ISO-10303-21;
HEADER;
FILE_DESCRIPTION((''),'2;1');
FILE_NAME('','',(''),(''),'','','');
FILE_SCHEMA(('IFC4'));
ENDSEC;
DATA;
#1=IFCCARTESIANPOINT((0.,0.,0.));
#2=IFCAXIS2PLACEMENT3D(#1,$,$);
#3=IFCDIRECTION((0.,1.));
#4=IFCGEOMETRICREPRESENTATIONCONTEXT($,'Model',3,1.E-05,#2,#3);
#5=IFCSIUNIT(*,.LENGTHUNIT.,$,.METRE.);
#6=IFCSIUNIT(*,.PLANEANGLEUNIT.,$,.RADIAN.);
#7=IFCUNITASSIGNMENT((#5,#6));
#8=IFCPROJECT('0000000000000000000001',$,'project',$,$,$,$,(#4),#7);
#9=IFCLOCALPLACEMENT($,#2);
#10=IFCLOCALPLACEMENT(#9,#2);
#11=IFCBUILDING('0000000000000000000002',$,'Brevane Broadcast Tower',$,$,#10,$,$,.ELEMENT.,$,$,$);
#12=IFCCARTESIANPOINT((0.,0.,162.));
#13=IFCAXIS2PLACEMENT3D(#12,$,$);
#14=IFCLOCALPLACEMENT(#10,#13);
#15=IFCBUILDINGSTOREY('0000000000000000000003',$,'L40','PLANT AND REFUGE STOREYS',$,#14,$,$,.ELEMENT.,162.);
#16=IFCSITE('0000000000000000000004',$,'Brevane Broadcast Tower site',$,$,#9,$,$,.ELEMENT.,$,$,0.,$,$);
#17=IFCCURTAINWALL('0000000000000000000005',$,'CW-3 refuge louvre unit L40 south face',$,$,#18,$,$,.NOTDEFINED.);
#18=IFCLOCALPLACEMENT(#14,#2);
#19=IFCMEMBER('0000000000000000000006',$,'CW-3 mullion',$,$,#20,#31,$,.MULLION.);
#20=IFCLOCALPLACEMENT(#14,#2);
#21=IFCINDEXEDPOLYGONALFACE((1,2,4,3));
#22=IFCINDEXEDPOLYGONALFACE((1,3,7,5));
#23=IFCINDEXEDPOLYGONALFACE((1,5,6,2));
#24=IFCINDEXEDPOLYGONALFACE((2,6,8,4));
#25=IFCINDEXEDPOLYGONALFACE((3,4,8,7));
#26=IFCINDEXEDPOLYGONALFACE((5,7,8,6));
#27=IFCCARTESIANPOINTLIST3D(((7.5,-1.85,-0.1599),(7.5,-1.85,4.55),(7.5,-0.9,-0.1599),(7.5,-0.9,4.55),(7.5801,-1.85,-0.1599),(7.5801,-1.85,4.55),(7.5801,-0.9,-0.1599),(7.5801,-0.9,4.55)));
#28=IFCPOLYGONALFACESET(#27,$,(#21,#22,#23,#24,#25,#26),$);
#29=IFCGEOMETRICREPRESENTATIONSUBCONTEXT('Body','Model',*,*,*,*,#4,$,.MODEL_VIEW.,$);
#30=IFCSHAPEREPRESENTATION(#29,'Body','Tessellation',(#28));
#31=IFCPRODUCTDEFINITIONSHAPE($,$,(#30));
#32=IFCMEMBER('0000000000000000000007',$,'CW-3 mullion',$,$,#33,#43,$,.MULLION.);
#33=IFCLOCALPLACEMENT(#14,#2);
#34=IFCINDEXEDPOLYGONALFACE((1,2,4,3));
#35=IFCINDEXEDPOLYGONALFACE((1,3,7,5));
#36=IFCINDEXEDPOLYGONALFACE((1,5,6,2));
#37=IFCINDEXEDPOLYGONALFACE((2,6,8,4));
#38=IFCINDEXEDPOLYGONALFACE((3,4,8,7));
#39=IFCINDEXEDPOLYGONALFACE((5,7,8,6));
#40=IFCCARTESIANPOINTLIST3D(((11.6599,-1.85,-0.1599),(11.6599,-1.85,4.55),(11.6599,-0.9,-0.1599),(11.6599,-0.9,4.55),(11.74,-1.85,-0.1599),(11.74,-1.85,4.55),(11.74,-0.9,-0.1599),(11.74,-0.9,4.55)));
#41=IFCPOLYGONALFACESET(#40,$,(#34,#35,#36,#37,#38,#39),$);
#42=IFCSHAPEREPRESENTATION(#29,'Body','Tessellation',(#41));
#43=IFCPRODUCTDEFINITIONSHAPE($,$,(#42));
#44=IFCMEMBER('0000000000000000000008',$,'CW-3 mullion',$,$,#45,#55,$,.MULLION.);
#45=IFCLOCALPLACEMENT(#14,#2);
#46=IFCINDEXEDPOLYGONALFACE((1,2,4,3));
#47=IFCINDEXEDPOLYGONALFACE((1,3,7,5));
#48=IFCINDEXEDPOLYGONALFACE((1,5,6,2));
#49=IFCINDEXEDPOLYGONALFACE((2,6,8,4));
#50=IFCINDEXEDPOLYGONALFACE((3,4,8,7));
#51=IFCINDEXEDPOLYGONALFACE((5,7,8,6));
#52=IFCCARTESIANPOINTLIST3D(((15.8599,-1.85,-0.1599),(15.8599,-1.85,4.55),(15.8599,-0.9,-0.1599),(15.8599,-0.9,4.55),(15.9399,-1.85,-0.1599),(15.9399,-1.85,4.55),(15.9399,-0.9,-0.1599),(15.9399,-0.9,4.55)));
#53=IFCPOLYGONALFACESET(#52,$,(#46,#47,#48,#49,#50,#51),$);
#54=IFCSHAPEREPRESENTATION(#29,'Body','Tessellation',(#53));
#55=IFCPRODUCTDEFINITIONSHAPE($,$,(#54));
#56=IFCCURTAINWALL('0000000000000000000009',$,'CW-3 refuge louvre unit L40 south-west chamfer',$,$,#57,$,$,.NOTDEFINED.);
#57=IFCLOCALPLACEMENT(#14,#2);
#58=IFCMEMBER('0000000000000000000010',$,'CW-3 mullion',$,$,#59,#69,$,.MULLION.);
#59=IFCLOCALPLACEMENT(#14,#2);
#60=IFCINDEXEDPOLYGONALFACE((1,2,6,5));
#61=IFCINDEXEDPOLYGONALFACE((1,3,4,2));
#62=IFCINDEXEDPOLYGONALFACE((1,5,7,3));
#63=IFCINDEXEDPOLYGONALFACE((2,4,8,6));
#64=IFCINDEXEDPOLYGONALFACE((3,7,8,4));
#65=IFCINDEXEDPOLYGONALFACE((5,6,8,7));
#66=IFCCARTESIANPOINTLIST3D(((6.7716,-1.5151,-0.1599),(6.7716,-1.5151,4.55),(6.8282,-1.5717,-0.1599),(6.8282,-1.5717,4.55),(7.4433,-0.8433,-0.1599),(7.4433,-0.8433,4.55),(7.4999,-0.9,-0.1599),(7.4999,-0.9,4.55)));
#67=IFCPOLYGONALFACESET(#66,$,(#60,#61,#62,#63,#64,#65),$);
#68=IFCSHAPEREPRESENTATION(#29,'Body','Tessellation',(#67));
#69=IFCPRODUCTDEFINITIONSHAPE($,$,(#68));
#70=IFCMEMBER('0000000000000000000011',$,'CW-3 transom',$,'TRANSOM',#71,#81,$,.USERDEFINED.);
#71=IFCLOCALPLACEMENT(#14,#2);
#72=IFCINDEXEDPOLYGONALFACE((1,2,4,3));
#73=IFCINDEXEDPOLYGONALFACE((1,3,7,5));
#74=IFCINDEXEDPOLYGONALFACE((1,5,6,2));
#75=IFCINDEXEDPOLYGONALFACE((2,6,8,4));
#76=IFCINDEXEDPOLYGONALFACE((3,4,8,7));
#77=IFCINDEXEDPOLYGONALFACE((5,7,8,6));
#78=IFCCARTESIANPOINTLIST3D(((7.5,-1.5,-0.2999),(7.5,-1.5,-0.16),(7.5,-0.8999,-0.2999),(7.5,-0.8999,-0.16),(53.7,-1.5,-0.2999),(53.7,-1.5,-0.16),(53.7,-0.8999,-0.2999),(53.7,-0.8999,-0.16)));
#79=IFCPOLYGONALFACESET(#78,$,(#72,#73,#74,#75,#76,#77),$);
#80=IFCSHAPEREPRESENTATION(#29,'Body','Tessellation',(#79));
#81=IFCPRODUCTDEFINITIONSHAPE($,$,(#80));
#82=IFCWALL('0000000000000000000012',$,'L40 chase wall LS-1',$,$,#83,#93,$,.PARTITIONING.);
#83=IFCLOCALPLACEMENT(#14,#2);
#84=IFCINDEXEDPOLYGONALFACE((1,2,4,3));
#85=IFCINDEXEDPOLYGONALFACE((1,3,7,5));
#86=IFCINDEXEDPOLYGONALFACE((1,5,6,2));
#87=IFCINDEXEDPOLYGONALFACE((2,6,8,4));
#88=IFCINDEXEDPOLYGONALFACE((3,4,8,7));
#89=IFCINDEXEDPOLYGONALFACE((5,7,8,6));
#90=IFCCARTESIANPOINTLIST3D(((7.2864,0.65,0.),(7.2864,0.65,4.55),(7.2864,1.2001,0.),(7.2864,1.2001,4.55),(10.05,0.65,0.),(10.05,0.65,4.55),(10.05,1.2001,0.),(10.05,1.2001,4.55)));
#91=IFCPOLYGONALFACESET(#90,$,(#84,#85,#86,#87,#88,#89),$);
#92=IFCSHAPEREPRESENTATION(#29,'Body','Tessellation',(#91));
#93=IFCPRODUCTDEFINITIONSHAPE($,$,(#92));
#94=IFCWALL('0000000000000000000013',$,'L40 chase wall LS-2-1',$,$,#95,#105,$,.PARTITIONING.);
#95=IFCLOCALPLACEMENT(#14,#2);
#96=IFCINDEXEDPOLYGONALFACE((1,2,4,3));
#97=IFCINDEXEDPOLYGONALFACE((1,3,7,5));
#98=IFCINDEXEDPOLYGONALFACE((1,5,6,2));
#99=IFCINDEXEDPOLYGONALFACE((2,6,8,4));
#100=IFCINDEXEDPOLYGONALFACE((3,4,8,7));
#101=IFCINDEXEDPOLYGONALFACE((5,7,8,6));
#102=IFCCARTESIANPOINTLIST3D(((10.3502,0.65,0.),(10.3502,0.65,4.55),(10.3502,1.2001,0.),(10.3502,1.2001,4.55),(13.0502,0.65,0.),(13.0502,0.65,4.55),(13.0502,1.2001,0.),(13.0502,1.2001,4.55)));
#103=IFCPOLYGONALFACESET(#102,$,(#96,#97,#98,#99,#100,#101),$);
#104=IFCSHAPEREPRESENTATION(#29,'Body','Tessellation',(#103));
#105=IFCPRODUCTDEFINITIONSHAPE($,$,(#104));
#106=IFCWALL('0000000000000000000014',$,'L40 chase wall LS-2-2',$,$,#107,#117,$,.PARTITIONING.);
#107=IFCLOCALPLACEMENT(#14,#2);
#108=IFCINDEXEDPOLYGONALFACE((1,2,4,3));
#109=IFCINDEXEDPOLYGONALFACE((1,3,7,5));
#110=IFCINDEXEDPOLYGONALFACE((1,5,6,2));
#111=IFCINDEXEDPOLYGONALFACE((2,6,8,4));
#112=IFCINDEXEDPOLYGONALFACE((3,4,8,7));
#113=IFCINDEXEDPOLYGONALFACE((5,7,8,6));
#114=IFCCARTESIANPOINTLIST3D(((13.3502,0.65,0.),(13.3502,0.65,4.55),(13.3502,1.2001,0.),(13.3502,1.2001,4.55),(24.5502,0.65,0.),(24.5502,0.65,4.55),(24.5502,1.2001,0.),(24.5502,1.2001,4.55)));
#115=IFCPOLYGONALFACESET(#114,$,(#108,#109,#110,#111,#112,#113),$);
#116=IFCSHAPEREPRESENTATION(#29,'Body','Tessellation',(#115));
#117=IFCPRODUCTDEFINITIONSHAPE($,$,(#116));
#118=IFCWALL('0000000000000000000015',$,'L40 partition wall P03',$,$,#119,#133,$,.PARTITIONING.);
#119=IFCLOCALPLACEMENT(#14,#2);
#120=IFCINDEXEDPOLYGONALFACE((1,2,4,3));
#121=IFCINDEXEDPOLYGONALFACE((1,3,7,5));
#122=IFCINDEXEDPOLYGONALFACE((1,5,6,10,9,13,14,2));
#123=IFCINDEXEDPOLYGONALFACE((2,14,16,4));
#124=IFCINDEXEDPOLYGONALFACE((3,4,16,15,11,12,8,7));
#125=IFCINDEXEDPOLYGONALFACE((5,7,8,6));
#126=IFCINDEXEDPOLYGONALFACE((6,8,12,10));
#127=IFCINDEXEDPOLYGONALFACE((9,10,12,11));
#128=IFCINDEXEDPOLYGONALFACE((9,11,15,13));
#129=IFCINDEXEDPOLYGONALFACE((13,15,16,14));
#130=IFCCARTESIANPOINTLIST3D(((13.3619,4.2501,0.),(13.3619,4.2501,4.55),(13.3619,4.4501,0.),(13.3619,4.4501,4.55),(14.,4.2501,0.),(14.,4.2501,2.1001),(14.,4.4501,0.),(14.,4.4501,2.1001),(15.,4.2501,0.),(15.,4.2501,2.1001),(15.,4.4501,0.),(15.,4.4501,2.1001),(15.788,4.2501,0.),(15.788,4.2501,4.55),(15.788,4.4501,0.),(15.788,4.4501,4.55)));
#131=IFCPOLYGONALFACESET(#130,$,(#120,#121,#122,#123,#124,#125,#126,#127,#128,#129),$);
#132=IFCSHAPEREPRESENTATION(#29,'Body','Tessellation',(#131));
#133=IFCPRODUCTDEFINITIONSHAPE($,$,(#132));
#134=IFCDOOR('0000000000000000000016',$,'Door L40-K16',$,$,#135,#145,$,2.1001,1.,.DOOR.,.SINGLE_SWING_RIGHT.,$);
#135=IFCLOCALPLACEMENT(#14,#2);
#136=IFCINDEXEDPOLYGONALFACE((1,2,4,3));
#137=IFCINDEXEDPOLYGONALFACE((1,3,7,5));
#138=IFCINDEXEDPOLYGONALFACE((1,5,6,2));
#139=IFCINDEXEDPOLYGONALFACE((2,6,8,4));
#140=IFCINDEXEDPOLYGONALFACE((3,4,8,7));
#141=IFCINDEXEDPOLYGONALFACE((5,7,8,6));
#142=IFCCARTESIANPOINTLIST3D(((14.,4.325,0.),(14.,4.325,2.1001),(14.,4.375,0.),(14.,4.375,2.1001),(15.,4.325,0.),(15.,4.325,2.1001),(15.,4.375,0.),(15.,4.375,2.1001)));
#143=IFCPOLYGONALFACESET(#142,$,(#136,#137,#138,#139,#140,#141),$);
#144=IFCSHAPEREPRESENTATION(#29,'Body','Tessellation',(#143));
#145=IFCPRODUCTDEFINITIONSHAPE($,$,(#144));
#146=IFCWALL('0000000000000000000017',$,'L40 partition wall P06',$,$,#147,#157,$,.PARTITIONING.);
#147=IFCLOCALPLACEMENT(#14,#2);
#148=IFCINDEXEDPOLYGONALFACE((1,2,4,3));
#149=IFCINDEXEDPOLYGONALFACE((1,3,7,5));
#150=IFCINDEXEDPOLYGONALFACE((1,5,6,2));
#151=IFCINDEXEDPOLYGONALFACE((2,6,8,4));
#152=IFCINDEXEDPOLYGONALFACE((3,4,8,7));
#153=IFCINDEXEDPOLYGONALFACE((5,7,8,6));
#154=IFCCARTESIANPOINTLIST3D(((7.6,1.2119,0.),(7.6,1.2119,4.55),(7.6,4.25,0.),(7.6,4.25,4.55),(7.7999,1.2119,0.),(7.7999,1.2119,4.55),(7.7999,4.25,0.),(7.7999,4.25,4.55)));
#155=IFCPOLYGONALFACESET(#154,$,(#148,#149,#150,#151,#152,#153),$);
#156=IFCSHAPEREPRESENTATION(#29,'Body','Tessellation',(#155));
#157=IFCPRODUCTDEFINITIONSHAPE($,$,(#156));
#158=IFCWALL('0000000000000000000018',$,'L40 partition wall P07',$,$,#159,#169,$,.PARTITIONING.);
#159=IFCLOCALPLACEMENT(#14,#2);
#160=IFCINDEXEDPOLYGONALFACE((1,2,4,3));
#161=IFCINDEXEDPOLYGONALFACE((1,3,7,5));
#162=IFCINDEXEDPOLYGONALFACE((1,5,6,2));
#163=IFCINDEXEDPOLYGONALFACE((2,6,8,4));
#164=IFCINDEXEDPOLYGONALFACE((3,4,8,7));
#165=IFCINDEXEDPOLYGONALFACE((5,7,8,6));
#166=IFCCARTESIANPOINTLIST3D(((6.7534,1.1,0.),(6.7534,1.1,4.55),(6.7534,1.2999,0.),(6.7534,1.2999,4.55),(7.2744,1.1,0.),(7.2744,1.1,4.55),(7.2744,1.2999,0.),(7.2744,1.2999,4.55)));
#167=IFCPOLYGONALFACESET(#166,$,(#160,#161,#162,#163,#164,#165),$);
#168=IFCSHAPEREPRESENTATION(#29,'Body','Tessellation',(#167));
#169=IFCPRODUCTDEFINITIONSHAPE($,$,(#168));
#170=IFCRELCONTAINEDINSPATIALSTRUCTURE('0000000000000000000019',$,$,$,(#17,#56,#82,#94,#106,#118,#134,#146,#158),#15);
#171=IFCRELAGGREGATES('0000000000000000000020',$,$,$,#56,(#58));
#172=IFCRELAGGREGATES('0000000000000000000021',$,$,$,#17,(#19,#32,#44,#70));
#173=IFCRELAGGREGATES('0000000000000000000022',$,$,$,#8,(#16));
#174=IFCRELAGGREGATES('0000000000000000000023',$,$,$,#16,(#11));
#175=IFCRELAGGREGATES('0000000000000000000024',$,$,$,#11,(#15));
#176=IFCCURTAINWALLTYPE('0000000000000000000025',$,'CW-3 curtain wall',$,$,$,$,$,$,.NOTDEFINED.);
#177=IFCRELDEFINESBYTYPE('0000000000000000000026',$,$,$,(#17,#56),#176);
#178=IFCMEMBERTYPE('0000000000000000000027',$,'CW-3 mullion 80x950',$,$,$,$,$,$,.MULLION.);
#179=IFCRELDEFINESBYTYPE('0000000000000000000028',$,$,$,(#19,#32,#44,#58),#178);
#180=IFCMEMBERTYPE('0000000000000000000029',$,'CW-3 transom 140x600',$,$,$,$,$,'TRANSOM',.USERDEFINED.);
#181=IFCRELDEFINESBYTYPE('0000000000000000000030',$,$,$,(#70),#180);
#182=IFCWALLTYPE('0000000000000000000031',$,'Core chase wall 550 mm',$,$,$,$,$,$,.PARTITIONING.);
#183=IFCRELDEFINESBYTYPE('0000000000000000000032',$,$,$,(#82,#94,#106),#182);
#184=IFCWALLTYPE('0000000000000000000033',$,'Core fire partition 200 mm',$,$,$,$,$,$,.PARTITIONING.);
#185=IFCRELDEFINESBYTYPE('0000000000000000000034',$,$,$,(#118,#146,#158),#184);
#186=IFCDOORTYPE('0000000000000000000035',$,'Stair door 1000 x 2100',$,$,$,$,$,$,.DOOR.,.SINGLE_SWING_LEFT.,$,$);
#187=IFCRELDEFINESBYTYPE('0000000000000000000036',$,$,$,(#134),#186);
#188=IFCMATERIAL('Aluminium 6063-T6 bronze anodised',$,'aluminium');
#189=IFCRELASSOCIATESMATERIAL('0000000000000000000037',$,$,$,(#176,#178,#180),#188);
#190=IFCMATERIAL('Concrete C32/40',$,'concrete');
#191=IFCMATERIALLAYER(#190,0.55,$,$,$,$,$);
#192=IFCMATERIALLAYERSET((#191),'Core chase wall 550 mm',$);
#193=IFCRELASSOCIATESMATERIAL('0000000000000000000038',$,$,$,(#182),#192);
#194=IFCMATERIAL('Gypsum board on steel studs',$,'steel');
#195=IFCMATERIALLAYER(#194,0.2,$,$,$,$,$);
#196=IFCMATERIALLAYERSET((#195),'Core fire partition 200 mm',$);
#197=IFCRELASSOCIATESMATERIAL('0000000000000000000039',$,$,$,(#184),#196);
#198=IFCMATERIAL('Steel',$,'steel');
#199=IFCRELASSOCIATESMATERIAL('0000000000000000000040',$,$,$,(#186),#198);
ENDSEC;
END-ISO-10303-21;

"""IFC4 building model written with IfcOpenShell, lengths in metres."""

from ifc_helpers import new_model, si_unit, direction, frame, frame_2d, origin, origin_2d, place, context, subcontext, project, spatial, rectangle, extrude, material, layer, layer_set, material_profile, profile_set, type_object, element, fill, aggregate, save


model = new_model("IFC4")

# Units and contexts
model_context = context("Model", 3, precision=1e-05, world=origin(), true_north=direction((0.0, 1.0)))
body_context = subcontext(model_context, "Body", "Model", "MODEL_VIEW")
ifc_project = project(units=[si_unit("LENGTHUNIT", "METRE"), si_unit("PLANEANGLEUNIT", "RADIAN")], contexts=[model_context])

# Site, building, storey
site_placement = place(None, origin())
site = spatial("IfcSite", under=ifc_project, at=site_placement, Name="Brevane Broadcast Tower site", CompositionType="ELEMENT", RefElevation=0.0)
building_placement = place(site_placement, origin())
building = spatial("IfcBuilding", under=site, at=building_placement, Name="Brevane Broadcast Tower", CompositionType="ELEMENT")
storey_placement = place(building_placement, frame((0.0, 0.0, 162.0)))
storey = spatial("IfcBuildingStorey", under=building, at=storey_placement, Name="L40", Description="PLANT AND REFUGE STOREYS", CompositionType="ELEMENT", Elevation=162.0)

# Curtain wall, members
ifc_material_1 = material(Name="Aluminium 6063-T6 bronze anodised", Category="aluminium")
curtain_wall_type = type_object("IfcCurtainWallType", Name="CW-3 curtain wall", PredefinedType="NOTDEFINED", material=ifc_material_1)
curtain_wall_1_placement = place(storey_placement, origin())
curtain_wall_1 = element("IfcCurtainWall", 1, at=curtain_wall_1_placement, inside=storey, type_object=curtain_wall_type, Name="CW-3 refuge louvre unit L40 south face", PredefinedType="NOTDEFINED")
ifc_material_profile_1 = material_profile(ifc_material_1, rectangle(XDim=0.95, YDim=0.0801, at=origin_2d()), Name="RECT 80x950")
ifc_profile_set_1 = profile_set([ifc_material_profile_1], Name="Aluminium 6063-T6 bronze anodised")
member_type_1 = type_object("IfcMemberType", Name="CW-3 mullion 80x950", PredefinedType="MULLION", material=ifc_profile_set_1)
member_1_placement = place(storey_placement, frame((7.54, -1.375, -0.1599), z_axis=(0.0, 0.0, 1.0), x_axis=(0.0, 1.0, 0.0)))
member_1 = element("IfcMember", 2, at=member_1_placement, type_object=member_type_1, Name="CW-3 mullion", PredefinedType="MULLION", context=body_context, shape_type="SweptSolid", body=[
    extrude(rectangle(XDim=0.95, YDim=0.0801, at=origin_2d()), origin(), (0.0, 0.0, 1.0), 4.71),
])
member_2_placement = place(storey_placement, frame((11.7, -1.375, -0.1599), z_axis=(0.0, 0.0, 1.0), x_axis=(0.0, 1.0, 0.0)))
member_2 = element("IfcMember", 3, at=member_2_placement, type_object=member_type_1, Name="CW-3 mullion", PredefinedType="MULLION", context=body_context, shape_type="SweptSolid", body=[
    extrude(rectangle(XDim=0.95, YDim=0.0801, at=origin_2d()), origin(), (0.0, 0.0, 1.0), 4.71),
])
member_3_placement = place(storey_placement, frame((15.8999, -1.375, -0.1599), z_axis=(0.0, 0.0, 1.0), x_axis=(0.0, 1.0, 0.0)))
member_3 = element("IfcMember", 4, at=member_3_placement, type_object=member_type_1, Name="CW-3 mullion", PredefinedType="MULLION", context=body_context, shape_type="SweptSolid", body=[
    extrude(rectangle(XDim=0.95, YDim=0.0801, at=origin_2d()), origin(), (0.0, 0.0, 1.0), 4.71),
])

# Curtain wall, member
curtain_wall_2_placement = place(storey_placement, origin())
curtain_wall_2 = element("IfcCurtainWall", 5, at=curtain_wall_2_placement, inside=storey, type_object=curtain_wall_type, Name="CW-3 refuge louvre unit L40 south-west chamfer", PredefinedType="NOTDEFINED")
member_4_placement = place(storey_placement, frame((7.1357, -1.2075, -0.1599), z_axis=(0.0, 0.0, 1.0), x_axis=(0.707107, 0.707107, 0.0)))
member_4 = element("IfcMember", 6, at=member_4_placement, type_object=member_type_1, Name="CW-3 mullion", PredefinedType="MULLION", context=body_context, shape_type="SweptSolid", body=[
    extrude(rectangle(XDim=0.95, YDim=0.0801, at=origin_2d()), origin(), (0.0, 0.0, 1.0), 4.71),
])
aggregate(curtain_wall_2, [member_4])

# Member
ifc_material_profile_2 = material_profile(ifc_material_1, rectangle(XDim=0.6001, YDim=0.1399, at=origin_2d()), Name="RECT 140x600")
ifc_profile_set_2 = profile_set([ifc_material_profile_2], Name="Aluminium 6063-T6 bronze anodised")
member_type_2 = type_object("IfcMemberType", Name="CW-3 transom 140x600", ElementType="TRANSOM", PredefinedType="USERDEFINED", material=ifc_profile_set_2)
member_5_placement = place(storey_placement, frame((7.5, -1.2, -0.23), z_axis=(1.0, 0.0, 0.0), x_axis=(0.0, 1.0, 0.0)))
member_5 = element("IfcMember", 7, at=member_5_placement, type_object=member_type_2, Name="CW-3 transom", ObjectType="TRANSOM", PredefinedType="USERDEFINED", context=body_context, shape_type="SweptSolid", body=[
    extrude(rectangle(XDim=0.6001, YDim=0.1399, at=origin_2d()), origin(), (0.0, 0.0, 1.0), 46.2),
])
aggregate(curtain_wall_1, [member_1, member_2, member_3, member_5])

# Walls
ifc_material_2 = material(Name="Concrete C32/40", Category="concrete")
ifc_layer_1 = layer(ifc_material_2, 0.55)
ifc_layer_set_1 = layer_set([ifc_layer_1], Name="Core chase wall 550 mm")
wall_type_1 = type_object("IfcWallType", Name="Core chase wall 550 mm", PredefinedType="PARTITIONING", material=ifc_layer_set_1)
wall_1_placement = place(storey_placement, frame((7.2864, 0.925, 0.0), z_axis=(0.0, 0.0, 1.0), x_axis=(1.0, 0.0, 0.0)))
element("IfcWall", 8, at=wall_1_placement, inside=storey, type_object=wall_type_1, Name="L40 chase wall LS-1", PredefinedType="PARTITIONING", context=body_context, shape_type="SweptSolid", body=[
    extrude(rectangle(XDim=2.7637, YDim=0.55, at=frame_2d((1.3818, 0.0))), origin(), (0.0, 0.0, 1.0), 4.55),
])
wall_2_placement = place(storey_placement, frame((10.3501, 0.925, 0.0), z_axis=(0.0, 0.0, 1.0), x_axis=(1.0, 0.0, 0.0)))
element("IfcWall", 9, at=wall_2_placement, inside=storey, type_object=wall_type_1, Name="L40 chase wall LS-2-1", PredefinedType="PARTITIONING", context=body_context, shape_type="SweptSolid", body=[
    extrude(rectangle(XDim=2.7, YDim=0.55, at=frame_2d((1.3501, 0.0))), origin(), (0.0, 0.0, 1.0), 4.55),
])
wall_3_placement = place(storey_placement, frame((13.3501, 0.925, 0.0), z_axis=(0.0, 0.0, 1.0), x_axis=(1.0, 0.0, 0.0)))
element("IfcWall", 10, at=wall_3_placement, inside=storey, type_object=wall_type_1, Name="L40 chase wall LS-2-2", PredefinedType="PARTITIONING", context=body_context, shape_type="SweptSolid", body=[
    extrude(rectangle(XDim=11.2, YDim=0.55, at=frame_2d((5.6001, 0.0))), origin(), (0.0, 0.0, 1.0), 4.55),
])

# Wall, opening, door
ifc_material_3 = material(Name="Gypsum board on steel studs", Category="steel")
ifc_layer_2 = layer(ifc_material_3, 0.2)
ifc_layer_set_2 = layer_set([ifc_layer_2], Name="Core fire partition 200 mm")
wall_type_2 = type_object("IfcWallType", Name="Core fire partition 200 mm", PredefinedType="PARTITIONING", material=ifc_layer_set_2)
wall_4_placement = place(storey_placement, frame((13.3621, 4.3501, 0.0), z_axis=(0.0, 0.0, 1.0), x_axis=(1.0, 0.0, 0.0)))
wall_4 = element("IfcWall", 11, at=wall_4_placement, inside=storey, type_object=wall_type_2, Name="L40 partition wall P03", PredefinedType="PARTITIONING", context=body_context, shape_type="SweptSolid", body=[
    extrude(rectangle(XDim=2.426, YDim=0.2, at=frame_2d((1.2129, 0.0))), origin(), (0.0, 0.0, 1.0), 4.55),
])
opening_1_placement = place(wall_4_placement, frame((0.6379, 0.0, 0.0)))
opening_1 = element("IfcOpeningElement", 12, at=opening_1_placement, cuts=wall_4, PredefinedType="OPENING", context=body_context, shape_type="SweptSolid", body=[
    extrude(rectangle(XDim=1.0, YDim=2.1001, at=frame_2d((0.5, 1.05))), frame((0.0, 0.1099, 0.0), z_axis=(0.0, -1.0, 0.0), x_axis=(1.0, 0.0, 0.0)), (0.0, 0.0, 1.0), 0.22),
])
ifc_material_4 = material(Name="Steel", Category="steel")
door_type_1 = type_object("IfcDoorType", Name="Stair door 1000 x 2100", OperationType="SINGLE_SWING_LEFT", PredefinedType="DOOR", material=ifc_material_4)
door_1_placement = place(opening_1_placement, origin())
door_1 = element("IfcDoor", 13, at=door_1_placement, inside=storey, type_object=door_type_1, Name="Door L40-K16", OperationType="SINGLE_SWING_RIGHT", OverallHeight=2.1001, OverallWidth=1.0, PredefinedType="DOOR", context=body_context, shape_type="SweptSolid", body=[
    extrude(rectangle(XDim=1.0, YDim=2.1001, at=frame_2d((0.5, 1.05))), frame((0.0, 0.0249, 0.0), z_axis=(0.0, -1.0, 0.0), x_axis=(1.0, 0.0, 0.0)), (0.0, 0.0, 1.0), 0.05),
])
fill(opening_1, door_1)

# Walls
wall_5_placement = place(storey_placement, frame((7.7, 4.25, 0.0), z_axis=(0.0, 0.0, 1.0), x_axis=(0.0, -1.0, 0.0)))
element("IfcWall", 14, at=wall_5_placement, inside=storey, type_object=wall_type_2, Name="L40 partition wall P06", PredefinedType="PARTITIONING", context=body_context, shape_type="SweptSolid", body=[
    extrude(rectangle(XDim=3.0381, YDim=0.2, at=frame_2d((1.519, 0.0))), origin(), (0.0, 0.0, 1.0), 4.55),
])
wall_6_placement = place(storey_placement, frame((7.2744, 1.2, 0.0), z_axis=(0.0, 0.0, 1.0), x_axis=(-1.0, 0.0, 0.0)))
element("IfcWall", 15, at=wall_6_placement, inside=storey, type_object=wall_type_2, Name="L40 partition wall P07", PredefinedType="PARTITIONING", context=body_context, shape_type="SweptSolid", body=[
    extrude(rectangle(XDim=0.521, YDim=0.2, at=frame_2d((0.2605, 0.0))), origin(), (0.0, 0.0, 1.0), 4.55),
])

save(model, "model.ifc")
